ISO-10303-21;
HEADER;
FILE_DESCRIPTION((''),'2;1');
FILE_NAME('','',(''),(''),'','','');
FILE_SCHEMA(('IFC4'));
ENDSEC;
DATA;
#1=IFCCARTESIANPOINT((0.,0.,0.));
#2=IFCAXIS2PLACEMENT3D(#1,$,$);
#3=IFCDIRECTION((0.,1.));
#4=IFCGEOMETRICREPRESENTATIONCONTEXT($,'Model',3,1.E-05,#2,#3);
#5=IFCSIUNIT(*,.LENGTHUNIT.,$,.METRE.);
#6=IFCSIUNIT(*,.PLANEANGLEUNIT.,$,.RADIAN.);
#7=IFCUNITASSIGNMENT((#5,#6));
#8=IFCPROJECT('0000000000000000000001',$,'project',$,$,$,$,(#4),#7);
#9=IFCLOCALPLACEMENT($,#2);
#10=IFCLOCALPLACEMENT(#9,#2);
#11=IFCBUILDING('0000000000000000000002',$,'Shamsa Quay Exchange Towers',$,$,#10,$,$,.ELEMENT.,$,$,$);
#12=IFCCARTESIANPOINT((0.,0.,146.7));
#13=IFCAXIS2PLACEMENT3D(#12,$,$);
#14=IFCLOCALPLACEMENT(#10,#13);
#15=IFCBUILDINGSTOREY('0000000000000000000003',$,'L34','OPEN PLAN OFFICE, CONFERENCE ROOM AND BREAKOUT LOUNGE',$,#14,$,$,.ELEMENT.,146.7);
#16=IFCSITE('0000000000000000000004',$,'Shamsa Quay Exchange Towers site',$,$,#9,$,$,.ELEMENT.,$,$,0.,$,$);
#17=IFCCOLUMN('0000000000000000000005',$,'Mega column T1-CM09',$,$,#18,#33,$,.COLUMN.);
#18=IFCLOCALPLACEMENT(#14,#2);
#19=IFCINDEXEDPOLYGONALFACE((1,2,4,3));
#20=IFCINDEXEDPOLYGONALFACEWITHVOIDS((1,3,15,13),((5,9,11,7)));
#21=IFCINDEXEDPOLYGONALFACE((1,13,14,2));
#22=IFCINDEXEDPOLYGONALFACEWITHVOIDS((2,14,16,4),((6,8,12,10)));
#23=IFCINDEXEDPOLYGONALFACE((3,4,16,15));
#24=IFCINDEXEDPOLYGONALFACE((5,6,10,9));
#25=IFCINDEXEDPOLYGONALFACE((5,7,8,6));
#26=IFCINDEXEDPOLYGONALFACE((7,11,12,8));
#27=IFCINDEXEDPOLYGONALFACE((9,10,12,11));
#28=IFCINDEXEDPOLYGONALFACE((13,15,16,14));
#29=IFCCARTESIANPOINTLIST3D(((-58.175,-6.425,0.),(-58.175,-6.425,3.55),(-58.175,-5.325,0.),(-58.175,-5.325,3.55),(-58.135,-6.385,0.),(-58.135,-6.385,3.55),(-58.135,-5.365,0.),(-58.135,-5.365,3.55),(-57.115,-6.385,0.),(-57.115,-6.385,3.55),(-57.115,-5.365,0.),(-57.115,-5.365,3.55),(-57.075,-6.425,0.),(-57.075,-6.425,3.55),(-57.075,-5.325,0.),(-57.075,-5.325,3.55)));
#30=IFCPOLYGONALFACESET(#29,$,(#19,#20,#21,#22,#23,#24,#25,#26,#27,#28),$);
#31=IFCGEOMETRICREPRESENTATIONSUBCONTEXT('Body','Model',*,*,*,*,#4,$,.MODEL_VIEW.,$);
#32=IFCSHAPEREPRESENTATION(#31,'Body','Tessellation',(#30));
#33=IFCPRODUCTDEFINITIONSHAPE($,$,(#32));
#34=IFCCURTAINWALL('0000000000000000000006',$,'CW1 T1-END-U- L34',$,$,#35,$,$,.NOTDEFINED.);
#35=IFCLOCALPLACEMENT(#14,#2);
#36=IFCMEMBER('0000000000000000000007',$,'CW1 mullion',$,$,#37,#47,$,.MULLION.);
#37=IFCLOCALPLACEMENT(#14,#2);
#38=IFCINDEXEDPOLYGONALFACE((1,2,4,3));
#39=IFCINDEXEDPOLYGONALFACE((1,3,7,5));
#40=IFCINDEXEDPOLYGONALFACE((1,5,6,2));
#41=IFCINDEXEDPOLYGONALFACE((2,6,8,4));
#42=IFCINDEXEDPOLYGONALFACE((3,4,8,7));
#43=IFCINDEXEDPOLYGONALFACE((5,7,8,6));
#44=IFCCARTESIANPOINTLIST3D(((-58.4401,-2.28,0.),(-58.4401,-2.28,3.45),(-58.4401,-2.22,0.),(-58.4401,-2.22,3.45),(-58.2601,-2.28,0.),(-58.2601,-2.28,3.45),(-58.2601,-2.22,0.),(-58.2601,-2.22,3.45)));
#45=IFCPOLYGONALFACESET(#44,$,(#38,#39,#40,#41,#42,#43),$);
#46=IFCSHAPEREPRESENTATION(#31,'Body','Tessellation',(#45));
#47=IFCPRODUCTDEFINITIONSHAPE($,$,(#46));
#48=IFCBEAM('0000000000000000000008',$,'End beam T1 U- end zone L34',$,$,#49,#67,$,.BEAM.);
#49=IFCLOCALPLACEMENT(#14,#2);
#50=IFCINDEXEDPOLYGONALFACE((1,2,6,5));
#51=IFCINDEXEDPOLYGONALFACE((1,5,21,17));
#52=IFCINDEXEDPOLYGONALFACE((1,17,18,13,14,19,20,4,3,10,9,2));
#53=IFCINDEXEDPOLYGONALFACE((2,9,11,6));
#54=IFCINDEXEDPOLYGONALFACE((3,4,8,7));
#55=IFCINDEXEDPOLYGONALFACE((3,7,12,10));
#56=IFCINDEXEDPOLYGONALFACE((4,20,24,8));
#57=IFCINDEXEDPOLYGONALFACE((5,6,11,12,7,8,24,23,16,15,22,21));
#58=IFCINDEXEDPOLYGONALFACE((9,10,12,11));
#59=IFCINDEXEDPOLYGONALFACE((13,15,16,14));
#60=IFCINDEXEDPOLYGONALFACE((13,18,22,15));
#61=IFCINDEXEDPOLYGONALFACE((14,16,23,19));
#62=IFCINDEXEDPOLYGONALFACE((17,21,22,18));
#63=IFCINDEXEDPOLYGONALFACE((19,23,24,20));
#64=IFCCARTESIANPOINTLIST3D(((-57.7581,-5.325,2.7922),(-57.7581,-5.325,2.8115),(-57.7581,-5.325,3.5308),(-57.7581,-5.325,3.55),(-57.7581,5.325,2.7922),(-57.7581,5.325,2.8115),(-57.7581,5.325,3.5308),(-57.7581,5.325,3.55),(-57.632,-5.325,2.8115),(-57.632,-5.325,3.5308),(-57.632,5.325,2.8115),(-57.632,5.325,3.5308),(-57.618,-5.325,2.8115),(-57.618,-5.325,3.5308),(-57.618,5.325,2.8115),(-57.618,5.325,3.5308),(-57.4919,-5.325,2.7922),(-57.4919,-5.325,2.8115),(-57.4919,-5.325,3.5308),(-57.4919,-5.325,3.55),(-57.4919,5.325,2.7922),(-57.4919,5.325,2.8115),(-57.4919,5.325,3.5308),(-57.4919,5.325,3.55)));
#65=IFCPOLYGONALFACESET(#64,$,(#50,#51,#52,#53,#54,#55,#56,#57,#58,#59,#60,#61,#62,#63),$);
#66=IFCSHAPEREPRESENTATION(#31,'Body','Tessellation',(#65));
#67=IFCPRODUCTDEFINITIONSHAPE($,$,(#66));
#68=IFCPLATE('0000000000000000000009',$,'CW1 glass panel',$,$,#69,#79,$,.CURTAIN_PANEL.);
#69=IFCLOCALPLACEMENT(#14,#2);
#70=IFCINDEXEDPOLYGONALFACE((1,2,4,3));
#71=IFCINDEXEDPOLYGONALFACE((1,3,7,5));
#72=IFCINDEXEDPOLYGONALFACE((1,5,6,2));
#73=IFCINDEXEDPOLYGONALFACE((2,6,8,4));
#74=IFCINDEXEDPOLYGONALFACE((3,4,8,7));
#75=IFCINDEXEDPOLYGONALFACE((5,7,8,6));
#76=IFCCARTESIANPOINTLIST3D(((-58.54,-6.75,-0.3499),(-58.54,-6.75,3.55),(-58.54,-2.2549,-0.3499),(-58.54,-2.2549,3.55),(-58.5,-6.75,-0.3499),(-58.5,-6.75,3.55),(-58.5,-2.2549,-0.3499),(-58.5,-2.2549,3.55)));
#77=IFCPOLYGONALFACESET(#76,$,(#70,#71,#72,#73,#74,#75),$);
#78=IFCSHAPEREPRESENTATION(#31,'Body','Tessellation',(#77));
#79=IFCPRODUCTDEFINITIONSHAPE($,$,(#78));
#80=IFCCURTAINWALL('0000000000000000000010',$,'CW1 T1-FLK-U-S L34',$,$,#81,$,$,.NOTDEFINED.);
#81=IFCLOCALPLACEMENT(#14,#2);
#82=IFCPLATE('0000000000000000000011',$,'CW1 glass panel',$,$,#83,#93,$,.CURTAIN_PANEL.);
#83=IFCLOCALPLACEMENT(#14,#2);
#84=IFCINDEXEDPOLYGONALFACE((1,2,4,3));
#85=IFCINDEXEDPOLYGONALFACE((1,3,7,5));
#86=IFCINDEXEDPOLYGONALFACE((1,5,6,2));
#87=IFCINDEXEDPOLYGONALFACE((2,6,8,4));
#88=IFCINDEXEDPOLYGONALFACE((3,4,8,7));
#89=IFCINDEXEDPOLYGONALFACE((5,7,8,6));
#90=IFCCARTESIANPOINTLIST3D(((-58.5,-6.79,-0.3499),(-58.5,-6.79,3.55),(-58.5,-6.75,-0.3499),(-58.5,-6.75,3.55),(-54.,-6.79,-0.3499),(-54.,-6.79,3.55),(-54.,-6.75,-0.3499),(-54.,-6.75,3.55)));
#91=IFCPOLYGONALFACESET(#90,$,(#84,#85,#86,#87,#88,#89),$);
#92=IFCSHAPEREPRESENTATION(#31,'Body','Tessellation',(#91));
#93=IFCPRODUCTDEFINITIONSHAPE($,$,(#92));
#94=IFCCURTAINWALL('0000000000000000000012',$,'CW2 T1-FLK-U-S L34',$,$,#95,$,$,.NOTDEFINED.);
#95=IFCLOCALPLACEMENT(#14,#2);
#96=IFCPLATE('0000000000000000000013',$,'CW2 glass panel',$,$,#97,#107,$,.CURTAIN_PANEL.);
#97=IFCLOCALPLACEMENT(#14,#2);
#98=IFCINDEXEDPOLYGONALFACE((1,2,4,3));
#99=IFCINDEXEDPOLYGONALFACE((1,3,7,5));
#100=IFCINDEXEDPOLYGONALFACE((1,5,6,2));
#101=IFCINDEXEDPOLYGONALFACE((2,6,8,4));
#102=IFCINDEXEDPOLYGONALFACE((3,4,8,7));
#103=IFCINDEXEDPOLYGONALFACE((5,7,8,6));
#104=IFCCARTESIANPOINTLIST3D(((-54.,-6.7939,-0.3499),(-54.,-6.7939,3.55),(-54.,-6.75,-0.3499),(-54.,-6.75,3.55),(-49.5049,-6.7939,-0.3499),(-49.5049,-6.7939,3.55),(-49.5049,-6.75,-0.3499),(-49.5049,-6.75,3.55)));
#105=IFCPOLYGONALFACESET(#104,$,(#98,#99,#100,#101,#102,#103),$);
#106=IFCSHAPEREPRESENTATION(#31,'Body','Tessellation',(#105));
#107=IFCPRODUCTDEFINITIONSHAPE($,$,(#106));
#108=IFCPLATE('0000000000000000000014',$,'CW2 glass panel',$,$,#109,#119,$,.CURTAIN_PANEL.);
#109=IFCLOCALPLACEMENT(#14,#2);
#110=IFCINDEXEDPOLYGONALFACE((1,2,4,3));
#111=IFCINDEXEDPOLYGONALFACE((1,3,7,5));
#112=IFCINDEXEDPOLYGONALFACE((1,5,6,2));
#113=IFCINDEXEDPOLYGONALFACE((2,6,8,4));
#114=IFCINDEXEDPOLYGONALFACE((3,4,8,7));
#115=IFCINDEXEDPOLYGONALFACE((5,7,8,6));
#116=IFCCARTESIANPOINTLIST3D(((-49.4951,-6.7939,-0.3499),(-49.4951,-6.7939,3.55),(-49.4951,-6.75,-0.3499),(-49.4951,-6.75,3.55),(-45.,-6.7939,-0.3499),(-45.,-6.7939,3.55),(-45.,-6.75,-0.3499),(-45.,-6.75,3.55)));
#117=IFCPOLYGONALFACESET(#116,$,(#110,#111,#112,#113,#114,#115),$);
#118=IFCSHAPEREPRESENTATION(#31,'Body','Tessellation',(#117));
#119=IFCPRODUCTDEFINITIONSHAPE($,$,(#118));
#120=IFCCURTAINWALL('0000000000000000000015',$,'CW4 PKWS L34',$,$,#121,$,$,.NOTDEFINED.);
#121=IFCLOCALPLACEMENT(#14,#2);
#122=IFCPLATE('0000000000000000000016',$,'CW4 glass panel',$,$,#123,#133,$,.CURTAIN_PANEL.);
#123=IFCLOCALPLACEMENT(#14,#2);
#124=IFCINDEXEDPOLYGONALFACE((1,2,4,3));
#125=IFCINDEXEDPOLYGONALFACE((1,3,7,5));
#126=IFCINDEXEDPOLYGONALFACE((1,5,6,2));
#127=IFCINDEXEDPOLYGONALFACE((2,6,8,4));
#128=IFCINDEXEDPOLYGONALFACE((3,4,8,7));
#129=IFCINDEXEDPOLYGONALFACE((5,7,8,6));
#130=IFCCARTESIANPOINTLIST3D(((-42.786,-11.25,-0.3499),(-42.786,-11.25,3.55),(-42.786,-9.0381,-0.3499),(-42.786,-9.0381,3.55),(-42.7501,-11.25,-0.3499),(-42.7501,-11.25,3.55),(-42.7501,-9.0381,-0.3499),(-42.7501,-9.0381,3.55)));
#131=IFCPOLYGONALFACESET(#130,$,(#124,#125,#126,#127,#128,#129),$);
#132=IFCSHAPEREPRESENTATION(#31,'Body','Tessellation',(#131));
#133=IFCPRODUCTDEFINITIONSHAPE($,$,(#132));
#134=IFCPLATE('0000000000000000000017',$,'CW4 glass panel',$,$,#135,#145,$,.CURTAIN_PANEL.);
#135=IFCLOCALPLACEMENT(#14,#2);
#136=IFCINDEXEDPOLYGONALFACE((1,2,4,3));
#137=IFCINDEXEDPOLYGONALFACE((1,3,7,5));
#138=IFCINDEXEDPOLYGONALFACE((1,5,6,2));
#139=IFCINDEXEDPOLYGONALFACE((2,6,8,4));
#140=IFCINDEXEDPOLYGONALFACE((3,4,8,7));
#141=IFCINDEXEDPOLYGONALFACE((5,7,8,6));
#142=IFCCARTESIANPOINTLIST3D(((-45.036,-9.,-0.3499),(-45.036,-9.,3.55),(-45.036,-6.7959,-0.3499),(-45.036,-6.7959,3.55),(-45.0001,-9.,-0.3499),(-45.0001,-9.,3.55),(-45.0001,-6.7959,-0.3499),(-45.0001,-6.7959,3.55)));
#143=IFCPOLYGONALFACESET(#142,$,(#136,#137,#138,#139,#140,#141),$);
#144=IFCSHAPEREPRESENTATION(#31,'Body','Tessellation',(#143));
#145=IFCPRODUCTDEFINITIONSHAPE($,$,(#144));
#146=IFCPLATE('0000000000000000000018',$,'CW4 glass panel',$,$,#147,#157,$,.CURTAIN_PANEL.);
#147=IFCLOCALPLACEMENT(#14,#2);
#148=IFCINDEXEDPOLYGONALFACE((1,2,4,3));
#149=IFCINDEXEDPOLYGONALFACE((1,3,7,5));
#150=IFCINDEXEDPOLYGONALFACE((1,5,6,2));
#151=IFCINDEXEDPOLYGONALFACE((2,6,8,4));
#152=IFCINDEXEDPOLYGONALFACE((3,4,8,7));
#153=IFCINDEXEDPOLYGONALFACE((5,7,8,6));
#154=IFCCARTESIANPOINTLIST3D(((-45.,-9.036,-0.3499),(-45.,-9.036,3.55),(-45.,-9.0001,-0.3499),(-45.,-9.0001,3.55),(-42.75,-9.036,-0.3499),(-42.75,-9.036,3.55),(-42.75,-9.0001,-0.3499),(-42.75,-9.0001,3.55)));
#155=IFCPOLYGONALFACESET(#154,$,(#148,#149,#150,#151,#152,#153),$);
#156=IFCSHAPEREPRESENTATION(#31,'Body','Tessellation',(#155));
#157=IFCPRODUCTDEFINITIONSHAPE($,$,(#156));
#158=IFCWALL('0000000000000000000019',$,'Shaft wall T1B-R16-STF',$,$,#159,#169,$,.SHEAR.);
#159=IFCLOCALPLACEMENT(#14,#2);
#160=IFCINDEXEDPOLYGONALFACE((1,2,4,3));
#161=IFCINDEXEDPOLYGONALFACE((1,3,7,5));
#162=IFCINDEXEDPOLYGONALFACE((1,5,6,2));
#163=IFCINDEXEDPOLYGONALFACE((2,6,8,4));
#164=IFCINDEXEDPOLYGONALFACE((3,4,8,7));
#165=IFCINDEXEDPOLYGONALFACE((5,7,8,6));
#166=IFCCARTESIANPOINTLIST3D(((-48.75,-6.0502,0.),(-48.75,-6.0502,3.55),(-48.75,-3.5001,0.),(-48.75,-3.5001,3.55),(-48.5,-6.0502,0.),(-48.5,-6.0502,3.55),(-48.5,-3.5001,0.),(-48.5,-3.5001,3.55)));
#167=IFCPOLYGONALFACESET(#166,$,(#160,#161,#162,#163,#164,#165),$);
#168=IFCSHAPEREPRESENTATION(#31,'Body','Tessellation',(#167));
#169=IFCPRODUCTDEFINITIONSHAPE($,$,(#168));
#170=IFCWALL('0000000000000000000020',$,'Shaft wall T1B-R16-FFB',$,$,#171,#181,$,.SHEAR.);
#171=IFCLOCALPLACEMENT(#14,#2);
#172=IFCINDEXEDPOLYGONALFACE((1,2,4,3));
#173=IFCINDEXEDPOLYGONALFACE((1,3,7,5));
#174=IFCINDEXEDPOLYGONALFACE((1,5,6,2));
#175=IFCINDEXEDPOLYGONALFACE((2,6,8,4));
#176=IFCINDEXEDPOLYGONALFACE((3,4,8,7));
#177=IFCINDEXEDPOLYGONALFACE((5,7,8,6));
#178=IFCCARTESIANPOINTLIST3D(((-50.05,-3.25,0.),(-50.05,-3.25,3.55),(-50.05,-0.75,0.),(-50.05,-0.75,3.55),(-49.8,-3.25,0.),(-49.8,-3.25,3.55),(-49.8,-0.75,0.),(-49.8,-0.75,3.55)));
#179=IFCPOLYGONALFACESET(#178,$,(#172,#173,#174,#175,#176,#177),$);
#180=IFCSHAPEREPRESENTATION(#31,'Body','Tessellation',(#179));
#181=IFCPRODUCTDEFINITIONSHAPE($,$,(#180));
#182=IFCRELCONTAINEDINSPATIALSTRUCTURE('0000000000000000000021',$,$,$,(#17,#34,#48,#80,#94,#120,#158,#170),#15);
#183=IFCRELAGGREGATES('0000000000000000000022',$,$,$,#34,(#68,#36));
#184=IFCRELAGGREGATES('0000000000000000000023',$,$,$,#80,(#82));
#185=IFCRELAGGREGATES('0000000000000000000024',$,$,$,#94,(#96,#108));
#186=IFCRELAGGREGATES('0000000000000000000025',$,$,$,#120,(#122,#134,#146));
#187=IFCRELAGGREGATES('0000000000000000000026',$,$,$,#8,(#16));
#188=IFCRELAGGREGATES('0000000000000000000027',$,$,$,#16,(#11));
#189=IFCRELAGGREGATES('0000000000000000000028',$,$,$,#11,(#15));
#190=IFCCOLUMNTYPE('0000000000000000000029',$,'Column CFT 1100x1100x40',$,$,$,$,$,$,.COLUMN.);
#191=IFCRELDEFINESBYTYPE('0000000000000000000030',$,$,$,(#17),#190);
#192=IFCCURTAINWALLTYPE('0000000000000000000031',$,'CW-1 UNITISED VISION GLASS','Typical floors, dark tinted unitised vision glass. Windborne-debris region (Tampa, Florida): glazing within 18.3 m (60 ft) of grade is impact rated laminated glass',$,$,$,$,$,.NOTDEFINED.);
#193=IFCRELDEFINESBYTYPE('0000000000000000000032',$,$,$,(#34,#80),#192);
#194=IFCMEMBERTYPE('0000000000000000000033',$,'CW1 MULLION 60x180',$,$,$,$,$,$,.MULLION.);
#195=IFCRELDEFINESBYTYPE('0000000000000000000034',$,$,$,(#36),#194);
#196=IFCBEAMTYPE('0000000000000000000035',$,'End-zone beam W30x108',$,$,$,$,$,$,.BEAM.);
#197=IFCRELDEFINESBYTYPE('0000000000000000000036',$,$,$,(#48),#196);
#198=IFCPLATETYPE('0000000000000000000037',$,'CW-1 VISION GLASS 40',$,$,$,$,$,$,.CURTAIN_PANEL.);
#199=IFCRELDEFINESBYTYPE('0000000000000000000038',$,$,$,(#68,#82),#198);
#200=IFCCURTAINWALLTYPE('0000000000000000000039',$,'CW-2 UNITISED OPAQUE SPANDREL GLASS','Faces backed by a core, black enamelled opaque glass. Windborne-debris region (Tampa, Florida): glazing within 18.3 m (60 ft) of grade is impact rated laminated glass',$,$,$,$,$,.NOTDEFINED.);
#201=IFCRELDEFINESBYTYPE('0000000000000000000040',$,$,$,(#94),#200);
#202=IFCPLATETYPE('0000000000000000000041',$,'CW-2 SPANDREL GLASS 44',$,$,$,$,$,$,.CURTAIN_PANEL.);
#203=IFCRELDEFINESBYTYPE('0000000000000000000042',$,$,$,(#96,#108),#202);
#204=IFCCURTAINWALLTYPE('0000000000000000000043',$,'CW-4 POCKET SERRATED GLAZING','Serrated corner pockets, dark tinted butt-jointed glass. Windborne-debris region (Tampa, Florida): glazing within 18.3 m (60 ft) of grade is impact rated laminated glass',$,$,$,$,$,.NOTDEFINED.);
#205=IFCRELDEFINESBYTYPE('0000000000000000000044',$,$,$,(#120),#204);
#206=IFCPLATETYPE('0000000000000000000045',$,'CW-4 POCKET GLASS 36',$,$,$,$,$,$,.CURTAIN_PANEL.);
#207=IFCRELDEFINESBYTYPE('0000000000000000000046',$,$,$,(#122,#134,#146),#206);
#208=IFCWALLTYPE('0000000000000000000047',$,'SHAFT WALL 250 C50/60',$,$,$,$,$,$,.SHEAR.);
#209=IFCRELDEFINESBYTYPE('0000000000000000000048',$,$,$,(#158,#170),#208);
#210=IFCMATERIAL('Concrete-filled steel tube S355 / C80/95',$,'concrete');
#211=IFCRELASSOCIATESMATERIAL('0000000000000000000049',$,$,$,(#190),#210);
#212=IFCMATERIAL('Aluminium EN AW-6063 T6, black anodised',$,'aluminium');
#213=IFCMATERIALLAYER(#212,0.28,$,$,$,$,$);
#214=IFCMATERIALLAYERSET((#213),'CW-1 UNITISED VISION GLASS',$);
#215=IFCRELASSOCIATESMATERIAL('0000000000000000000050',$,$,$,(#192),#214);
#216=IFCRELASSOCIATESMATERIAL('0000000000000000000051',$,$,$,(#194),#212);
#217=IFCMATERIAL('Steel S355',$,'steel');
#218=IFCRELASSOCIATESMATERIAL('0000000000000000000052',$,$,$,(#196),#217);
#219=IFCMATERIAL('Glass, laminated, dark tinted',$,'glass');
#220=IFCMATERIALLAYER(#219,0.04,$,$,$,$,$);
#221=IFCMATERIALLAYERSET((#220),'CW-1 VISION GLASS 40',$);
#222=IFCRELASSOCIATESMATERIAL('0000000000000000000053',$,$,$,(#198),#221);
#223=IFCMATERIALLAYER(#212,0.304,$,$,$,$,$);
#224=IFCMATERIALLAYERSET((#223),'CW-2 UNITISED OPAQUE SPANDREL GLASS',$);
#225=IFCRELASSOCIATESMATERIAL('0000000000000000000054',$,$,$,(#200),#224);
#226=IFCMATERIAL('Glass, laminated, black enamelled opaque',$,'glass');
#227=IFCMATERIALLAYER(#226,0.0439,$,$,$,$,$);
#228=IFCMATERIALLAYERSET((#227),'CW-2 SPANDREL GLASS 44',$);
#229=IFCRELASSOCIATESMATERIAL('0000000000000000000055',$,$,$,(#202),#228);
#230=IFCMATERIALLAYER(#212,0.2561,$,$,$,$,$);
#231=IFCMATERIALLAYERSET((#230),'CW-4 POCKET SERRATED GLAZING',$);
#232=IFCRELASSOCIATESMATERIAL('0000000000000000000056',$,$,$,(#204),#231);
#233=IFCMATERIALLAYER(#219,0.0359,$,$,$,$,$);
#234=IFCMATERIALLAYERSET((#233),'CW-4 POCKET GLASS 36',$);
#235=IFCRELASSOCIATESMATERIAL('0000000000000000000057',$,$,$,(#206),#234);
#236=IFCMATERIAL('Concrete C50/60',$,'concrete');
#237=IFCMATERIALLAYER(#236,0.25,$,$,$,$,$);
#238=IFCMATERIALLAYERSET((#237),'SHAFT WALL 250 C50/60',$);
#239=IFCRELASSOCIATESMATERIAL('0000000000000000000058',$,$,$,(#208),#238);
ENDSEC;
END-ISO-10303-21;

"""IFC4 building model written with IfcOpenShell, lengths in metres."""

from ifc_helpers import new_model, si_unit, direction, frame, frame_2d, origin, origin_2d, place, context, subcontext, project, spatial, rectangle, hollow_rectangle, i_section, extrude, material, layer, layer_set, material_profile, profile_set, type_object, element, aggregate, save


model = new_model("IFC4")

# Units and contexts
model_context = context("Model", 3, precision=1e-05, world=origin(), true_north=direction((0.0, 1.0)))
body_context = subcontext(model_context, "Body", "Model", "MODEL_VIEW")
ifc_project = project(units=[si_unit("LENGTHUNIT", "METRE"), si_unit("PLANEANGLEUNIT", "RADIAN")], contexts=[model_context])

# Site, building, storey
site_placement = place(None, origin())
site = spatial("IfcSite", under=ifc_project, at=site_placement, Name="Shamsa Quay Exchange Towers site", CompositionType="ELEMENT", RefElevation=0.0)
building_placement = place(site_placement, origin())
building = spatial("IfcBuilding", under=site, at=building_placement, Name="Shamsa Quay Exchange Towers", CompositionType="ELEMENT")
storey_placement = place(building_placement, frame((0.0, 0.0, 146.7)))
storey = spatial("IfcBuildingStorey", under=building, at=storey_placement, Name="L34", Description="OPEN PLAN OFFICE, CONFERENCE ROOM AND BREAKOUT LOUNGE", CompositionType="ELEMENT", Elevation=146.7)

# Column
ifc_material_1 = material(Name="Concrete-filled steel tube S355 / C80/95", Category="concrete")
ifc_material_profile_1 = material_profile(ifc_material_1, hollow_rectangle(XDim=1.1001, YDim=1.1001, WallThickness=0.04, at=origin_2d()), Name="CFT 1100x1100x40")
ifc_profile_set_1 = profile_set([ifc_material_profile_1], Name="Concrete-filled steel tube S355 / C80/95")
column_type = type_object("IfcColumnType", Name="Column CFT 1100x1100x40", PredefinedType="COLUMN", material=ifc_profile_set_1)
column_placement = place(storey_placement, frame((-57.625, -5.875, 0.0)))
element("IfcColumn", 1, at=column_placement, inside=storey, type_object=column_type, Name="Mega column T1-CM09", PredefinedType="COLUMN", context=body_context, shape_type="SweptSolid", body=[
    extrude(hollow_rectangle(XDim=1.1001, YDim=1.1001, WallThickness=0.04, at=origin_2d()), origin(), (0.0, 0.0, 1.0), 3.55),
])

# Curtain wall, member
ifc_material_2 = material(Name="Aluminium EN AW-6063 T6, black anodised", Category="aluminium")
ifc_layer_1 = layer(ifc_material_2, 0.28)
ifc_layer_set_1 = layer_set([ifc_layer_1], Name="CW-1 UNITISED VISION GLASS")
curtain_wall_type_1 = type_object("IfcCurtainWallType", Name="CW-1 UNITISED VISION GLASS", Description="Typical floors, dark tinted unitised vision glass. Windborne-debris region (Tampa, Florida): glazing within 18.3 m (60 ft) of grade is impact rated laminated glass", PredefinedType="NOTDEFINED", material=ifc_layer_set_1)
curtain_wall_1_placement = place(storey_placement, origin())
curtain_wall_1 = element("IfcCurtainWall", 2, at=curtain_wall_1_placement, inside=storey, type_object=curtain_wall_type_1, Name="CW1 T1-END-U- L34", PredefinedType="NOTDEFINED")
ifc_material_profile_2 = material_profile(ifc_material_2, rectangle(XDim=0.1799, YDim=0.0601, at=origin_2d()), Name="MU60x180")
ifc_profile_set_2 = profile_set([ifc_material_profile_2], Name="Aluminium EN AW-6063 T6, black anodised")
member_type = type_object("IfcMemberType", Name="CW1 MULLION 60x180", PredefinedType="MULLION", material=ifc_profile_set_2)
member_placement = place(storey_placement, frame((-58.3501, -2.25, 0.0)))
member = element("IfcMember", 3, at=member_placement, type_object=member_type, Name="CW1 mullion", PredefinedType="MULLION", context=body_context, shape_type="SweptSolid", body=[
    extrude(rectangle(XDim=0.1799, YDim=0.0601, at=origin_2d()), origin(), (0.0, 0.0, 1.0), 3.45),
])

# Beam
ifc_material_3 = material(Name="Steel S355", Category="steel")
ifc_material_profile_3 = material_profile(ifc_material_3, i_section(OverallWidth=0.2661, OverallDepth=0.7578, WebThickness=0.0139, FlangeThickness=0.0193, at=origin_2d()), Name="W30x108")
ifc_profile_set_3 = profile_set([ifc_material_profile_3], Name="Steel S355")
beam_type = type_object("IfcBeamType", Name="End-zone beam W30x108", PredefinedType="BEAM", material=ifc_profile_set_3)
beam_placement = place(storey_placement, frame((-57.625, -5.325, 3.1711), z_axis=(0.0, 1.0, 0.0), x_axis=(-1.0, 0.0, 0.0)))
element("IfcBeam", 4, at=beam_placement, inside=storey, type_object=beam_type, Name="End beam T1 U- end zone L34", PredefinedType="BEAM", context=body_context, shape_type="SweptSolid", body=[
    extrude(i_section(OverallWidth=0.2661, OverallDepth=0.7578, WebThickness=0.0139, FlangeThickness=0.0193, at=origin_2d()), origin(), (0.0, 0.0, 1.0), 10.6499),
])

# Plate
ifc_material_4 = material(Name="Glass, laminated, dark tinted", Category="glass")
ifc_layer_2 = layer(ifc_material_4, 0.04)
ifc_layer_set_2 = layer_set([ifc_layer_2], Name="CW-1 VISION GLASS 40")
plate_type_1 = type_object("IfcPlateType", Name="CW-1 VISION GLASS 40", PredefinedType="CURTAIN_PANEL", material=ifc_layer_set_2)
plate_1_placement = place(storey_placement, frame((-58.52, -4.5024, -0.3499), z_axis=(0.0, 0.0, 1.0), x_axis=(0.0, -1.0, 0.0)))
plate_1 = element("IfcPlate", 5, at=plate_1_placement, type_object=plate_type_1, Name="CW1 glass panel", PredefinedType="CURTAIN_PANEL", context=body_context, shape_type="SweptSolid", body=[
    extrude(rectangle(XDim=4.4951, YDim=0.04, at=origin_2d()), origin(), (0.0, 0.0, 1.0), 3.8999),
])
aggregate(curtain_wall_1, [plate_1, member])

# Curtain wall, plate
curtain_wall_2_placement = place(storey_placement, origin())
curtain_wall_2 = element("IfcCurtainWall", 6, at=curtain_wall_2_placement, inside=storey, type_object=curtain_wall_type_1, Name="CW1 T1-FLK-U-S L34", PredefinedType="NOTDEFINED")
plate_2_placement = place(storey_placement, frame((-56.25, -6.77, -0.3499)))
plate_2 = element("IfcPlate", 7, at=plate_2_placement, type_object=plate_type_1, Name="CW1 glass panel", PredefinedType="CURTAIN_PANEL", context=body_context, shape_type="SweptSolid", body=[
    extrude(rectangle(XDim=4.5, YDim=0.04, at=origin_2d()), origin(), (0.0, 0.0, 1.0), 3.8999),
])
aggregate(curtain_wall_2, [plate_2])

# Curtain walls, plates
ifc_layer_3 = layer(ifc_material_2, 0.304)
ifc_layer_set_3 = layer_set([ifc_layer_3], Name="CW-2 UNITISED OPAQUE SPANDREL GLASS")
curtain_wall_type_2 = type_object("IfcCurtainWallType", Name="CW-2 UNITISED OPAQUE SPANDREL GLASS", Description="Faces backed by a core, black enamelled opaque glass. Windborne-debris region (Tampa, Florida): glazing within 18.3 m (60 ft) of grade is impact rated laminated glass", PredefinedType="NOTDEFINED", material=ifc_layer_set_3)
curtain_wall_3_placement = place(storey_placement, origin())
curtain_wall_3 = element("IfcCurtainWall", 8, at=curtain_wall_3_placement, inside=storey, type_object=curtain_wall_type_2, Name="CW2 T1-FLK-U-S L34", PredefinedType="NOTDEFINED")
ifc_material_5 = material(Name="Glass, laminated, black enamelled opaque", Category="glass")
ifc_layer_4 = layer(ifc_material_5, 0.0439)
ifc_layer_set_4 = layer_set([ifc_layer_4], Name="CW-2 SPANDREL GLASS 44")
plate_type_2 = type_object("IfcPlateType", Name="CW-2 SPANDREL GLASS 44", PredefinedType="CURTAIN_PANEL", material=ifc_layer_set_4)
plate_3_placement = place(storey_placement, frame((-51.7524, -6.772, -0.3499)))
plate_3 = element("IfcPlate", 9, at=plate_3_placement, type_object=plate_type_2, Name="CW2 glass panel", PredefinedType="CURTAIN_PANEL", context=body_context, shape_type="SweptSolid", body=[
    extrude(rectangle(XDim=4.4951, YDim=0.0439, at=origin_2d()), origin(), (0.0, 0.0, 1.0), 3.8999),
])
plate_4_placement = place(storey_placement, frame((-47.2476, -6.772, -0.3499)))
plate_4 = element("IfcPlate", 10, at=plate_4_placement, type_object=plate_type_2, Name="CW2 glass panel", PredefinedType="CURTAIN_PANEL", context=body_context, shape_type="SweptSolid", body=[
    extrude(rectangle(XDim=4.4951, YDim=0.0439, at=origin_2d()), origin(), (0.0, 0.0, 1.0), 3.8999),
])
aggregate(curtain_wall_3, [plate_3, plate_4])
ifc_layer_5 = layer(ifc_material_2, 0.2561)
ifc_layer_set_5 = layer_set([ifc_layer_5], Name="CW-4 POCKET SERRATED GLAZING")
curtain_wall_type_3 = type_object("IfcCurtainWallType", Name="CW-4 POCKET SERRATED GLAZING", Description="Serrated corner pockets, dark tinted butt-jointed glass. Windborne-debris region (Tampa, Florida): glazing within 18.3 m (60 ft) of grade is impact rated laminated glass", PredefinedType="NOTDEFINED", material=ifc_layer_set_5)
curtain_wall_4_placement = place(storey_placement, origin())
curtain_wall_4 = element("IfcCurtainWall", 11, at=curtain_wall_4_placement, inside=storey, type_object=curtain_wall_type_3, Name="CW4 PKWS L34", PredefinedType="NOTDEFINED")
ifc_layer_6 = layer(ifc_material_4, 0.0359)
ifc_layer_set_6 = layer_set([ifc_layer_6], Name="CW-4 POCKET GLASS 36")
plate_type_3 = type_object("IfcPlateType", Name="CW-4 POCKET GLASS 36", PredefinedType="CURTAIN_PANEL", material=ifc_layer_set_6)
plate_5_placement = place(storey_placement, frame((-42.7681, -10.144, -0.3499), z_axis=(0.0, 0.0, 1.0), x_axis=(0.0, -1.0, 0.0)))
plate_5 = element("IfcPlate", 12, at=plate_5_placement, type_object=plate_type_3, Name="CW4 glass panel", PredefinedType="CURTAIN_PANEL", context=body_context, shape_type="SweptSolid", body=[
    extrude(rectangle(XDim=2.2119, YDim=0.0359, at=origin_2d()), origin(), (0.0, 0.0, 1.0), 3.8999),
])
plate_6_placement = place(storey_placement, frame((-45.0181, -7.8979, -0.3499), z_axis=(0.0, 0.0, 1.0), x_axis=(0.0, -1.0, 0.0)))
plate_6 = element("IfcPlate", 13, at=plate_6_placement, type_object=plate_type_3, Name="CW4 glass panel", PredefinedType="CURTAIN_PANEL", context=body_context, shape_type="SweptSolid", body=[
    extrude(rectangle(XDim=2.2041, YDim=0.0359, at=origin_2d()), origin(), (0.0, 0.0, 1.0), 3.8999),
])
plate_7_placement = place(storey_placement, frame((-43.875, -9.0181, -0.3499)))
plate_7 = element("IfcPlate", 14, at=plate_7_placement, type_object=plate_type_3, Name="CW4 glass panel", PredefinedType="CURTAIN_PANEL", context=body_context, shape_type="SweptSolid", body=[
    extrude(rectangle(XDim=2.25, YDim=0.0359, at=origin_2d()), origin(), (0.0, 0.0, 1.0), 3.8999),
])
aggregate(curtain_wall_4, [plate_5, plate_6, plate_7])

# Wall
ifc_material_6 = material(Name="Concrete C50/60", Category="concrete")
ifc_layer_7 = layer(ifc_material_6, 0.25)
ifc_layer_set_7 = layer_set([ifc_layer_7], Name="SHAFT WALL 250 C50/60")
wall_type_1 = type_object("IfcWallType", Name="SHAFT WALL 250 C50/60", PredefinedType="SHEAR", material=ifc_layer_set_7)
wall_1_placement = place(storey_placement, frame((-48.625, -6.05, 0.0), z_axis=(0.0, 0.0, 1.0), x_axis=(0.0, 1.0, 0.0)))
element("IfcWall", 15, at=wall_1_placement, inside=storey, type_object=wall_type_1, Name="Shaft wall T1B-R16-STF", PredefinedType="SHEAR", context=body_context, shape_type="SweptSolid", body=[
    extrude(rectangle(XDim=2.55, YDim=0.25, at=frame_2d((1.2749, 0.0))), origin(), (0.0, 0.0, 1.0), 3.55),
])

# Wall
wall_2_placement = place(storey_placement, frame((-49.925, -3.25, 0.0), z_axis=(0.0, 0.0, 1.0), x_axis=(0.0, 1.0, 0.0)))
element("IfcWall", 16, at=wall_2_placement, inside=storey, type_object=wall_type_1, Name="Shaft wall T1B-R16-FFB", PredefinedType="SHEAR", context=body_context, shape_type="SweptSolid", body=[
    extrude(rectangle(XDim=2.5, YDim=0.25, at=frame_2d((1.25, 0.0))), origin(), (0.0, 0.0, 1.0), 3.55),
])

save(model, "model.ifc")
